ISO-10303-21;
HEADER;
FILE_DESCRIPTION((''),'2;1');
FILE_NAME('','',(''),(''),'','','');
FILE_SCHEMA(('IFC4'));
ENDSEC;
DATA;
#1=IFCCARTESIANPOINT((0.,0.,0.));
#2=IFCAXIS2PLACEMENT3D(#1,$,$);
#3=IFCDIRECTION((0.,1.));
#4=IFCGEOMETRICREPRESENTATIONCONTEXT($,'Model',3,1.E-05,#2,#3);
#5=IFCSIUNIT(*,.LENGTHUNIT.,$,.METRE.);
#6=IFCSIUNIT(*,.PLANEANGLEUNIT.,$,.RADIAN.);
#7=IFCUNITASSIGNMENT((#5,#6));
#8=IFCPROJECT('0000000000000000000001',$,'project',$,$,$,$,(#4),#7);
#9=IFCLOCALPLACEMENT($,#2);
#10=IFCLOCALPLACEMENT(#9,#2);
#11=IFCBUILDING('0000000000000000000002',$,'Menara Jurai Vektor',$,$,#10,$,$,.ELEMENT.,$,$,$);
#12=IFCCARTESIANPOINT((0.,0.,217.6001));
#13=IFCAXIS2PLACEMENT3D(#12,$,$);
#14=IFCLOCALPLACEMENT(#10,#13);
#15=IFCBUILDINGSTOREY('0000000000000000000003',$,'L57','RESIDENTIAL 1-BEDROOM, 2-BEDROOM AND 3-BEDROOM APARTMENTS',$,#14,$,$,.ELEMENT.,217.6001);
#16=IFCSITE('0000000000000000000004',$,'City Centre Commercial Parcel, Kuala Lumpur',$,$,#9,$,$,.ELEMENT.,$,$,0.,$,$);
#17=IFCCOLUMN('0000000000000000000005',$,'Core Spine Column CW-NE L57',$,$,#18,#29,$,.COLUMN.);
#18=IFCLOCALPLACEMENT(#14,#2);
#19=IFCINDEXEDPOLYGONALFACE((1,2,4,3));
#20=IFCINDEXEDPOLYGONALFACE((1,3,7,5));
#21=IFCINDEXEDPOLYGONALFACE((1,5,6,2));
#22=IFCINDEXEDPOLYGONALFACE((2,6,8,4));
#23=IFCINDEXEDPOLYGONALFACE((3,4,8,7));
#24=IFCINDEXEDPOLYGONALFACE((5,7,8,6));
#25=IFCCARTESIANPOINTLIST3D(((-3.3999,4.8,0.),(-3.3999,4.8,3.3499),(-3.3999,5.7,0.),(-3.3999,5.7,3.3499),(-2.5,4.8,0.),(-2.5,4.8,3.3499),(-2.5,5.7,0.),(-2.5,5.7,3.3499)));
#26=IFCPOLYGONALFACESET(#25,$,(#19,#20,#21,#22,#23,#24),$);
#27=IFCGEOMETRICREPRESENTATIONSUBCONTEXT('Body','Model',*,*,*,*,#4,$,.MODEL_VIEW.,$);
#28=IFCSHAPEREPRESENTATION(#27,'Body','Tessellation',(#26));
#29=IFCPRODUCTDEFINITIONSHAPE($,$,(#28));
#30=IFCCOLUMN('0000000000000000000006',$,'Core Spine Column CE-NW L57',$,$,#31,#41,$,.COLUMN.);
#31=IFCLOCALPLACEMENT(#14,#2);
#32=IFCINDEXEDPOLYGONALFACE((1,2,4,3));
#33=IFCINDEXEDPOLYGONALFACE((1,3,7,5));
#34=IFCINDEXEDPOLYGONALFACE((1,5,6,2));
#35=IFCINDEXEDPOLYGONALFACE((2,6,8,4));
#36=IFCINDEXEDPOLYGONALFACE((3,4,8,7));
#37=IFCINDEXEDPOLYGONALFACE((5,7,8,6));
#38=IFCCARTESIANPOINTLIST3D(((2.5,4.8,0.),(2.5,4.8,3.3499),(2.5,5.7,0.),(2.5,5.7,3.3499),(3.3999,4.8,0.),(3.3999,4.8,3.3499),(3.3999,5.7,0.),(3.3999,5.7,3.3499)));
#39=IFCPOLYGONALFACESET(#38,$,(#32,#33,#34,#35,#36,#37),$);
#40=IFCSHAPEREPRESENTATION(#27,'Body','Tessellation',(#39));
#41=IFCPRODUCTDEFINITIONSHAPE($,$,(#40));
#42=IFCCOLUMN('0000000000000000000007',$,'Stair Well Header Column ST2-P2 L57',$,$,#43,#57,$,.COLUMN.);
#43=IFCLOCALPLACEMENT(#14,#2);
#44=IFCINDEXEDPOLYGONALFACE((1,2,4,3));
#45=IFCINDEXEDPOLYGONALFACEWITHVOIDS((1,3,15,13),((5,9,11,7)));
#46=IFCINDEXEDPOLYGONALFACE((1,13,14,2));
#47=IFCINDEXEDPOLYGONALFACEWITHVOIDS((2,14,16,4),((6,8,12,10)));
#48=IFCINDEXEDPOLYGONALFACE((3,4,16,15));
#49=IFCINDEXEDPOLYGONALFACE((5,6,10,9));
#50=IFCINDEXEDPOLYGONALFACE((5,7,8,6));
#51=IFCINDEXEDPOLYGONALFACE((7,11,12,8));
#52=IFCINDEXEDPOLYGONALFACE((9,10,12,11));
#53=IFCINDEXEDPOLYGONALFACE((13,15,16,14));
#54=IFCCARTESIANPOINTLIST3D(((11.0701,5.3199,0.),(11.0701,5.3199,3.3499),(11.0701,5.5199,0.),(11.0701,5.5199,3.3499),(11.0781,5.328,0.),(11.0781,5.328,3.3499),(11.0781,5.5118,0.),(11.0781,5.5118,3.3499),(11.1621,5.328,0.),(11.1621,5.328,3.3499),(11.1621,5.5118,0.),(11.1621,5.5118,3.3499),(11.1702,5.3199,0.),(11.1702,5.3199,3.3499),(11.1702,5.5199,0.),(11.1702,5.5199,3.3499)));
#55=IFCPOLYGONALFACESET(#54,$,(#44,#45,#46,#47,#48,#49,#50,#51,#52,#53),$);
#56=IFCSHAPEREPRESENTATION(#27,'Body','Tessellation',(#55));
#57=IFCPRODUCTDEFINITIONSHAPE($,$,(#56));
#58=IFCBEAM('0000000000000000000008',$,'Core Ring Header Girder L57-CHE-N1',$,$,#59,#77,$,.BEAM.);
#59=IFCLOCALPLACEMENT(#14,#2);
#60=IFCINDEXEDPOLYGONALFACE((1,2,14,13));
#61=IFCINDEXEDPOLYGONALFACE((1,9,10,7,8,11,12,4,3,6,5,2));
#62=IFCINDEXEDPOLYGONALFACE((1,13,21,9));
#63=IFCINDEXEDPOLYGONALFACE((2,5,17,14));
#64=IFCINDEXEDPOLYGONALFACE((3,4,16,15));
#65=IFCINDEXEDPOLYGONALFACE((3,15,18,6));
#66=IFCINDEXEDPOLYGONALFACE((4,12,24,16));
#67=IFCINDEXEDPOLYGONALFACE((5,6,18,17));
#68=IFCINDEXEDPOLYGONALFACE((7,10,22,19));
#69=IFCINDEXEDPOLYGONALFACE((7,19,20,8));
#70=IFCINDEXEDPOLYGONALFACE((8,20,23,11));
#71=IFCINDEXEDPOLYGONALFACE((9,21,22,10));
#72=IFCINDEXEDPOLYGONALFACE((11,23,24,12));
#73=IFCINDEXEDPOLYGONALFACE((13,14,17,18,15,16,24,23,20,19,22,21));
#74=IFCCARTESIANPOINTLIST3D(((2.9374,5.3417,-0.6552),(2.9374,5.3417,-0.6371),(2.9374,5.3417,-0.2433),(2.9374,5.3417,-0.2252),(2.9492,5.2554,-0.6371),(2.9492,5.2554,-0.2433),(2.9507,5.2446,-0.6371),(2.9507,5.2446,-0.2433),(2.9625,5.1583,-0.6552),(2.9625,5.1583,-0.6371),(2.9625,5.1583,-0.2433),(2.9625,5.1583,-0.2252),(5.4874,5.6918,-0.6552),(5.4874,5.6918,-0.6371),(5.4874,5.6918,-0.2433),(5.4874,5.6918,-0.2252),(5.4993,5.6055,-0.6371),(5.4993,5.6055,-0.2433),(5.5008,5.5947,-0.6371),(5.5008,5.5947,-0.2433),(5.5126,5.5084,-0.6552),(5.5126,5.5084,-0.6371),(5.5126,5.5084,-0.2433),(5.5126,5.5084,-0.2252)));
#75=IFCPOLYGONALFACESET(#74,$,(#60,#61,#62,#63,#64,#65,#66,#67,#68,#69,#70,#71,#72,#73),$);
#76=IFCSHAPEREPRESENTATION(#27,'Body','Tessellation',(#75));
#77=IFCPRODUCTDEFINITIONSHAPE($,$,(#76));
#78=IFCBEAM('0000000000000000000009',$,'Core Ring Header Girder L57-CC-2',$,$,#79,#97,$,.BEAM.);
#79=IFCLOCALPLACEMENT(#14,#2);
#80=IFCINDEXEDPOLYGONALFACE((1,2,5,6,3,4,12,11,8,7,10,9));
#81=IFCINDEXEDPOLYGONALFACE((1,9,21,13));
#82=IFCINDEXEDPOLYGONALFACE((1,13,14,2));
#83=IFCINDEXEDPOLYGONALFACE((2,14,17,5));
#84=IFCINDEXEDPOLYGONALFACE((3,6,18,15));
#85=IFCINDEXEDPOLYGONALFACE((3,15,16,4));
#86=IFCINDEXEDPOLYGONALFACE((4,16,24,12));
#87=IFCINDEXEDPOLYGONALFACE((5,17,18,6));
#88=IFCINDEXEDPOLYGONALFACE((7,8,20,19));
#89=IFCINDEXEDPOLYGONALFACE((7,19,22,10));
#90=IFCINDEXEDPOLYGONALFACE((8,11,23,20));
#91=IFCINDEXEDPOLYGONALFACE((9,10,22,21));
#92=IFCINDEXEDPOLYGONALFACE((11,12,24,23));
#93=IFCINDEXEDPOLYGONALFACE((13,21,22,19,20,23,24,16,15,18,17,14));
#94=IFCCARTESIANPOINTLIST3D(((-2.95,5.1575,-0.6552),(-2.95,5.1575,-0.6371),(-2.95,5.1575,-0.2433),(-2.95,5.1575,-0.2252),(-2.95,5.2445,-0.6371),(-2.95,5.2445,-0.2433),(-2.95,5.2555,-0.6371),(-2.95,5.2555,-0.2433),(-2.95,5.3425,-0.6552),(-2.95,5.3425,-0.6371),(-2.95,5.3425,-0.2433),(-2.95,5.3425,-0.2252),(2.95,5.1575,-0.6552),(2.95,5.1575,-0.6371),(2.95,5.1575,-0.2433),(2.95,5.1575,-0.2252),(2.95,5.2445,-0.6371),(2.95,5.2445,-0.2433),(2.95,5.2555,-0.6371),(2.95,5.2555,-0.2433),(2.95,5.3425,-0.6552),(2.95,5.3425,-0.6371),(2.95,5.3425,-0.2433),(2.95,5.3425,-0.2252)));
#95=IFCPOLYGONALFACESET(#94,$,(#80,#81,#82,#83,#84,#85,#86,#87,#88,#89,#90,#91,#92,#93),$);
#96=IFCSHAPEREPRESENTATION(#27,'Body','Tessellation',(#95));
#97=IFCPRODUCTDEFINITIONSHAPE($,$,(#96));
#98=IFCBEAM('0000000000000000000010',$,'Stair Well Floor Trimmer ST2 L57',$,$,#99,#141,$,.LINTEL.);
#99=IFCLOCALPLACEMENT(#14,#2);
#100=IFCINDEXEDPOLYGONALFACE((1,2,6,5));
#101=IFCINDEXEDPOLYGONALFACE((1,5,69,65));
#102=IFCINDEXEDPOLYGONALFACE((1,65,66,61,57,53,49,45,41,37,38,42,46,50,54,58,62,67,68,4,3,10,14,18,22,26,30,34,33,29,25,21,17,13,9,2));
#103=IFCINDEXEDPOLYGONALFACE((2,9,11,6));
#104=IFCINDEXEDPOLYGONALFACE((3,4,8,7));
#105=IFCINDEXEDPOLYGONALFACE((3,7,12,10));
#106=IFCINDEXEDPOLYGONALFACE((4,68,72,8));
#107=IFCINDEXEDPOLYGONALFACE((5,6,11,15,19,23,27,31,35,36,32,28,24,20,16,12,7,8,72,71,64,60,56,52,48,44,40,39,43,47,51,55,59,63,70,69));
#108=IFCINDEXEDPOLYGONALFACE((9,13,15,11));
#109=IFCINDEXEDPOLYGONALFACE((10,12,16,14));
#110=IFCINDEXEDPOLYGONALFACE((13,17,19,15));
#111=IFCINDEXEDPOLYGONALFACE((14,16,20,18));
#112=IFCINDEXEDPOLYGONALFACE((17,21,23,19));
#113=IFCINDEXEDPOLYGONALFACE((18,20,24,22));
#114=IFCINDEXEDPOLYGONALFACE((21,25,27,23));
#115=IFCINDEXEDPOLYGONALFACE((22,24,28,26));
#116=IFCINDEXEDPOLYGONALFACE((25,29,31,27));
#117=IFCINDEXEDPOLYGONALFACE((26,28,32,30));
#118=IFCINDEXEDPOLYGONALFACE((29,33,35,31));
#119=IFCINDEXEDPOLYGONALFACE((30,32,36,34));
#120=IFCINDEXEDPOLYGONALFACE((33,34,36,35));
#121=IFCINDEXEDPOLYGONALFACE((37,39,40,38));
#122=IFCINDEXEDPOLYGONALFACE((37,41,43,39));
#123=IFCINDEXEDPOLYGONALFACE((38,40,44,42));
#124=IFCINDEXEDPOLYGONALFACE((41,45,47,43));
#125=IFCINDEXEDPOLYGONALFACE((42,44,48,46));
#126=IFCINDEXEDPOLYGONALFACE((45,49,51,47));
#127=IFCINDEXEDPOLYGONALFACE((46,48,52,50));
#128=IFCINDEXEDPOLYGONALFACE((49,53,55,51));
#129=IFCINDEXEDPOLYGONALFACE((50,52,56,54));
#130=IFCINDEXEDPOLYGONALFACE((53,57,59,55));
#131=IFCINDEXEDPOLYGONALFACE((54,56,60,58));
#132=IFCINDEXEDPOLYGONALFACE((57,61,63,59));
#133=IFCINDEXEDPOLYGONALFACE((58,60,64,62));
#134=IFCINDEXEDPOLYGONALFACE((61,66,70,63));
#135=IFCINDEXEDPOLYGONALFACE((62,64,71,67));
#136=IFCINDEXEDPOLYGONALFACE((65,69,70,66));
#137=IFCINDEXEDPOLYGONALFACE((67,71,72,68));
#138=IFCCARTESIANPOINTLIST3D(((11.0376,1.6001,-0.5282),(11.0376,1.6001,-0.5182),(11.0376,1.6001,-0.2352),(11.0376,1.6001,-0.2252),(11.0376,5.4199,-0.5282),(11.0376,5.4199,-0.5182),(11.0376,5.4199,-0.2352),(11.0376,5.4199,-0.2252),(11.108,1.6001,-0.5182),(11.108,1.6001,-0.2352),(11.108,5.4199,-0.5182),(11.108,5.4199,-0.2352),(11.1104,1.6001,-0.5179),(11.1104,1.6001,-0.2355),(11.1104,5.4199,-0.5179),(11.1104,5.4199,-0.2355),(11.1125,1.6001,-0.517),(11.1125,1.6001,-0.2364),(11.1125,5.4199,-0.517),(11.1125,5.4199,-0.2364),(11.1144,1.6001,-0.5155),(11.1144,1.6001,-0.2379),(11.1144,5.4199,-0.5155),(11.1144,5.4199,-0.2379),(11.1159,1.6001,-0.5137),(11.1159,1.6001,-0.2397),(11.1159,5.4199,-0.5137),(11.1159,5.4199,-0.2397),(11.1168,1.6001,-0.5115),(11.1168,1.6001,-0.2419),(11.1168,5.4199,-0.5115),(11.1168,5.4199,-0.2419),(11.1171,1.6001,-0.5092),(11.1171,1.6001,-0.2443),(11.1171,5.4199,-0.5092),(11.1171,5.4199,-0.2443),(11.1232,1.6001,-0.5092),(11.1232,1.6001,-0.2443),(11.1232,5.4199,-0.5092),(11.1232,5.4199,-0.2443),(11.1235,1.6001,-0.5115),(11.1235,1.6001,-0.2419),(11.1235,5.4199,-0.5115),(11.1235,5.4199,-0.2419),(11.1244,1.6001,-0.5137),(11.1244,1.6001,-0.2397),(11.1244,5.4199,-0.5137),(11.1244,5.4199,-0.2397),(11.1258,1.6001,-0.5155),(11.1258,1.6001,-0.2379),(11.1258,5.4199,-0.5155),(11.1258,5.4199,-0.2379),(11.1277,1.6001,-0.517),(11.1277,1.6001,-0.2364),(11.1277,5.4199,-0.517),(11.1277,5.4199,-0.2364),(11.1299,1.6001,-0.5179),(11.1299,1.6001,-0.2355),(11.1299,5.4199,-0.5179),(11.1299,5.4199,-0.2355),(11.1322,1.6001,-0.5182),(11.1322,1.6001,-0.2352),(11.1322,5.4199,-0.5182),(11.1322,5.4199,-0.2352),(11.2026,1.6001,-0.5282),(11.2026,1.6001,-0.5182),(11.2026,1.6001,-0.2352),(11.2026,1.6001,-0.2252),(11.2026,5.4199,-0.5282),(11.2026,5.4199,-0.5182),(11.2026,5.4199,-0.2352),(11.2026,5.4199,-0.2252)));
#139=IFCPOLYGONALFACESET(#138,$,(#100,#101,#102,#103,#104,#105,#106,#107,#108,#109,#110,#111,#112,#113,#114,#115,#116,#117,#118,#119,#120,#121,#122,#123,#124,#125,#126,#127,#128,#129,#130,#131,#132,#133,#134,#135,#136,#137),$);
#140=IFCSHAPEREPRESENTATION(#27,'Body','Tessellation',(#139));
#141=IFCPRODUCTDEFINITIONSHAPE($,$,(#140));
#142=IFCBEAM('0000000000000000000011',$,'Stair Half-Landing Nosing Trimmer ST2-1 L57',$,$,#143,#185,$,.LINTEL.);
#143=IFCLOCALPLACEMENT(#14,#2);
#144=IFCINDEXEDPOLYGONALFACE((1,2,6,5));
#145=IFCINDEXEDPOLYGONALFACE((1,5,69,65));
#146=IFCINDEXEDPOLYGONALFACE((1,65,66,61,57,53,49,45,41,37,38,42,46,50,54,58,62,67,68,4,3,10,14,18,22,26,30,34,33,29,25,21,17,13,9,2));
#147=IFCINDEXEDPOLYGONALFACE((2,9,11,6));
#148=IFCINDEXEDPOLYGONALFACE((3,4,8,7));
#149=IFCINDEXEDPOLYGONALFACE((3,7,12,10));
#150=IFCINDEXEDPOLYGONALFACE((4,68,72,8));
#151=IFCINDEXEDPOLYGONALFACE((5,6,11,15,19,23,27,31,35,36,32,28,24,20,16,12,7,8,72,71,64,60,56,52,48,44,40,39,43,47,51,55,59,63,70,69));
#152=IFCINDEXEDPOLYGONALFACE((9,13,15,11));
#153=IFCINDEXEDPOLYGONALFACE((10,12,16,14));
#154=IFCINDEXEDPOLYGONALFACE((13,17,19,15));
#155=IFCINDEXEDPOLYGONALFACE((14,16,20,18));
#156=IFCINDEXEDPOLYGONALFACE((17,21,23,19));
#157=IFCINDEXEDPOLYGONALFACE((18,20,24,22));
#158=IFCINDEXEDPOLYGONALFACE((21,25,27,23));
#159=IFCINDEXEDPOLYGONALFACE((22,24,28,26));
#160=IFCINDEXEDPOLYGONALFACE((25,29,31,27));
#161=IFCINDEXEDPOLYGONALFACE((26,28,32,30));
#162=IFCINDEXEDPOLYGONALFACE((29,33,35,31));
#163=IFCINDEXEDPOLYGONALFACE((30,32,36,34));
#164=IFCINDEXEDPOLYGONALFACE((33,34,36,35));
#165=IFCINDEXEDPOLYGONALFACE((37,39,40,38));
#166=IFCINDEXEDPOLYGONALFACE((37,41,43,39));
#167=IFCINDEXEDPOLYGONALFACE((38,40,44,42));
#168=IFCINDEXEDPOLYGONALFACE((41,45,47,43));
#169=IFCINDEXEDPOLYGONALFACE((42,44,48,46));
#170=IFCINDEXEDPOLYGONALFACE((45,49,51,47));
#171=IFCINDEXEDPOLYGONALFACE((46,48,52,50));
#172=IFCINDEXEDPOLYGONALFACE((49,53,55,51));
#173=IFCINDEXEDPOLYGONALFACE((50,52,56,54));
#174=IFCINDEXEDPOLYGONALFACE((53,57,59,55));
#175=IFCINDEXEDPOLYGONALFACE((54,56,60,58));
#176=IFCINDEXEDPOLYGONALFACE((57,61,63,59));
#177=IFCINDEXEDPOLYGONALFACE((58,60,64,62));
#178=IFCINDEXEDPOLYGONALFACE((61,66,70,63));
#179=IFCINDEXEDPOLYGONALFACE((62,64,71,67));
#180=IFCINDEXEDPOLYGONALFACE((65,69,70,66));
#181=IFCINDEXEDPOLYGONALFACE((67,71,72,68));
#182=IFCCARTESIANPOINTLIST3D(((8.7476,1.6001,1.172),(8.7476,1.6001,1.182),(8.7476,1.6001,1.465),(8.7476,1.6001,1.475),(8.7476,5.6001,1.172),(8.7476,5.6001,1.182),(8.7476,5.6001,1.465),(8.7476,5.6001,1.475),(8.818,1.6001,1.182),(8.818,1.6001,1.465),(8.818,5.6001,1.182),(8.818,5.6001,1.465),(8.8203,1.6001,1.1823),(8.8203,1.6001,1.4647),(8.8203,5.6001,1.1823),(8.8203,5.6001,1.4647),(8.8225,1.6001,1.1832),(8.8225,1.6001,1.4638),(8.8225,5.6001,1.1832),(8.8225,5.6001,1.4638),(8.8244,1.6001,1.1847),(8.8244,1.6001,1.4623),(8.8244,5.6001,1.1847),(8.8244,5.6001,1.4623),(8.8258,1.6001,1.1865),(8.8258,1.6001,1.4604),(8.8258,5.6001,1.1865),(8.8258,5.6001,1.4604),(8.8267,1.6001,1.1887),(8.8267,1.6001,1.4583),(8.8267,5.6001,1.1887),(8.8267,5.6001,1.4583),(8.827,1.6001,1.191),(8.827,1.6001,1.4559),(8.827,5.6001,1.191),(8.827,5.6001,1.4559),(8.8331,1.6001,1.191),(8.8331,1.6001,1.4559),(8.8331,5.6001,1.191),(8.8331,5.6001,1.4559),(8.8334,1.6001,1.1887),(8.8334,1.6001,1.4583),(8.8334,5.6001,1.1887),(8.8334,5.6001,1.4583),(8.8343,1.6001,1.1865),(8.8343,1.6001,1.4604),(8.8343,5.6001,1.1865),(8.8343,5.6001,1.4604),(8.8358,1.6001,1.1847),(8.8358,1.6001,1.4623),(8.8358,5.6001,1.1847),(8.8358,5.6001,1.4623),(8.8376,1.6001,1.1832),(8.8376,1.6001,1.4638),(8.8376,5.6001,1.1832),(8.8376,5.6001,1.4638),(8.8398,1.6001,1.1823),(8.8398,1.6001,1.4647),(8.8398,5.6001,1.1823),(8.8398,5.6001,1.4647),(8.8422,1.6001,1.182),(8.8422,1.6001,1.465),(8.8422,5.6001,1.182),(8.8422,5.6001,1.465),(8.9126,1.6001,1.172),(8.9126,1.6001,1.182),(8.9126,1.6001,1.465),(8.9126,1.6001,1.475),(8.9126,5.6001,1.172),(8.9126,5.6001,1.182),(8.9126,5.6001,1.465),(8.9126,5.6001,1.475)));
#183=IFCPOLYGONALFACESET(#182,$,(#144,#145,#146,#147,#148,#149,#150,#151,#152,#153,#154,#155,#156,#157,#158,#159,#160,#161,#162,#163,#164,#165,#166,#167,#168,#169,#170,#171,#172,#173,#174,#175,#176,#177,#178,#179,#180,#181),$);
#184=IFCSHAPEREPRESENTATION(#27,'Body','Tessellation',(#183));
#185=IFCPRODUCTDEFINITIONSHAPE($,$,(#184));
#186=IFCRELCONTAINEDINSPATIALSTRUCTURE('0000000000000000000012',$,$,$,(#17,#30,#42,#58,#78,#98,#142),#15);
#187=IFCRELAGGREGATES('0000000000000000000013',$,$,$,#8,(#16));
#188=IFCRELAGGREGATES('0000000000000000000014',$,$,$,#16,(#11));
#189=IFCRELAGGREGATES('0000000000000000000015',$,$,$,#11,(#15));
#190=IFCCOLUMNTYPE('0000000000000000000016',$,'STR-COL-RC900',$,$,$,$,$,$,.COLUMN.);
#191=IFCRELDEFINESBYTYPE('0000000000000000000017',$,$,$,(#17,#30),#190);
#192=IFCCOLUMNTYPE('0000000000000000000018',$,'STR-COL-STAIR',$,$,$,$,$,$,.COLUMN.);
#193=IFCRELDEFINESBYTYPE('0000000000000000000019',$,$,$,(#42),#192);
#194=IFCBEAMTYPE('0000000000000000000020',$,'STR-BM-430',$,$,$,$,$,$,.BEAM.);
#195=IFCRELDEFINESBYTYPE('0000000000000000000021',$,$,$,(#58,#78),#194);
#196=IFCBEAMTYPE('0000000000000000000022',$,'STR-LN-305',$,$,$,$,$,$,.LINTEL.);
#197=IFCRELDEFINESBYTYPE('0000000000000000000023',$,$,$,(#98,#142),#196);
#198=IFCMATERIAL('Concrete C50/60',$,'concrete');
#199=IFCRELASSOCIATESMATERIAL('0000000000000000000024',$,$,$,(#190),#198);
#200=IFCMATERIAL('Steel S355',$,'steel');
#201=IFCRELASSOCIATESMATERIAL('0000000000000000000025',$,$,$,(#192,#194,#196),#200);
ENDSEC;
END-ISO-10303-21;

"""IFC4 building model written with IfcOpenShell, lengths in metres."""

from ifc_helpers import new_model, si_unit, direction, frame, origin, origin_2d, place, context, subcontext, project, spatial, rectangle, hollow_rectangle, i_section, extrude, material, material_profile, profile_set, type_object, element, save


model = new_model("IFC4")

# Units and contexts
model_context = context("Model", 3, precision=1e-05, world=origin(), true_north=direction((0.0, 1.0)))
body_context = subcontext(model_context, "Body", "Model", "MODEL_VIEW")
ifc_project = project(units=[si_unit("LENGTHUNIT", "METRE"), si_unit("PLANEANGLEUNIT", "RADIAN")], contexts=[model_context])

# Site, building, storey
site_placement = place(None, origin())
site = spatial("IfcSite", under=ifc_project, at=site_placement, Name="City Centre Commercial Parcel, Kuala Lumpur", CompositionType="ELEMENT", RefElevation=0.0)
building_placement = place(site_placement, origin())
building = spatial("IfcBuilding", under=site, at=building_placement, Name="Menara Jurai Vektor", CompositionType="ELEMENT")
storey_placement = place(building_placement, frame((0.0, 0.0, 217.6001)))
storey = spatial("IfcBuildingStorey", under=building, at=storey_placement, Name="L57", Description="RESIDENTIAL 1-BEDROOM, 2-BEDROOM AND 3-BEDROOM APARTMENTS", CompositionType="ELEMENT", Elevation=217.6001)

# Columns
ifc_material_1 = material(Name="Concrete C50/60", Category="concrete")
ifc_material_profile_1 = material_profile(ifc_material_1, rectangle(XDim=0.8999, YDim=0.8999, at=origin_2d()), Name="RC 900x900")
ifc_profile_set_1 = profile_set([ifc_material_profile_1], Name="Concrete C50/60")
column_type_1 = type_object("IfcColumnType", Name="STR-COL-RC900", PredefinedType="COLUMN", material=ifc_profile_set_1)
for number, where, z_axis, x_axis, name in (
    (1, (-2.95, 5.25, 0.0), (0.0, 0.0, 1.0), (1.0, 0.0, 0.0), "Core Spine Column CW-NE L57"),
    (2, (2.95, 5.25, 0.0), (0.0, 0.0, 1.0), (1.0, 0.0, 0.0), "Core Spine Column CE-NW L57"),
):
    element("IfcColumn", number, at=place(storey_placement, frame(where, z_axis=z_axis, x_axis=x_axis)), inside=storey, type_object=column_type_1, Name=name, PredefinedType="COLUMN", context=body_context, shape_type="SweptSolid", body=[
        extrude(rectangle(XDim=0.8999, YDim=0.8999, at=origin_2d()), origin(), (0.0, 0.0, 1.0), 3.3499),
    ])
ifc_material_2 = material(Name="Steel S355", Category="steel")
ifc_material_profile_2 = material_profile(ifc_material_2, hollow_rectangle(XDim=0.1001, YDim=0.2, WallThickness=0.0081, at=origin_2d()), Name="RHS 200x100x8")
ifc_profile_set_2 = profile_set([ifc_material_profile_2], Name="Steel S355")
column_type_2 = type_object("IfcColumnType", Name="STR-COL-STAIR", PredefinedType="COLUMN", material=ifc_profile_set_2)
column_placement = place(storey_placement, frame((11.1201, 5.4199, 0.0), z_axis=(0.0, 0.0, 1.0), x_axis=(1.0, 0.0, 0.0)))
element("IfcColumn", 3, at=column_placement, inside=storey, type_object=column_type_2, Name="Stair Well Header Column ST2-P2 L57", PredefinedType="COLUMN", context=body_context, shape_type="SweptSolid", body=[
    extrude(hollow_rectangle(XDim=0.1001, YDim=0.2, WallThickness=0.0081, at=origin_2d()), origin(), (0.0, 0.0, 1.0), 3.3499),
])

# Beams
ifc_material_profile_3 = material_profile(ifc_material_2, i_section(OverallWidth=0.1851, OverallDepth=0.4299, WebThickness=0.011, FlangeThickness=0.0181, at=origin_2d()), Name="PG 430x185x76")
ifc_profile_set_3 = profile_set([ifc_material_profile_3], Name="Steel S355")
beam_type_1 = type_object("IfcBeamType", Name="STR-BM-430", PredefinedType="BEAM", material=ifc_profile_set_3)
beam_1_placement = place(storey_placement, frame((2.95, 5.25, -0.4402), z_axis=(0.990707, 0.136015, 0.0), x_axis=(-0.136015, 0.990707, 0.0)))
element("IfcBeam", 4, at=beam_1_placement, inside=storey, type_object=beam_type_1, Name="Core Ring Header Girder L57-CHE-N1", PredefinedType="BEAM", context=body_context, shape_type="SweptSolid", body=[
    extrude(i_section(OverallWidth=0.1851, OverallDepth=0.4299, WebThickness=0.011, FlangeThickness=0.0181, at=origin_2d()), origin(), (0.0, 0.0, 1.0), 2.574),
])
beam_2_placement = place(storey_placement, frame((-2.95, 5.25, -0.4402), z_axis=(1.0, 0.0, 0.0), x_axis=(0.0, 1.0, 0.0)))
element("IfcBeam", 5, at=beam_2_placement, inside=storey, type_object=beam_type_1, Name="Core Ring Header Girder L57-CC-2", PredefinedType="BEAM", context=body_context, shape_type="SweptSolid", body=[
    extrude(i_section(OverallWidth=0.1851, OverallDepth=0.4299, WebThickness=0.011, FlangeThickness=0.0181, at=origin_2d()), origin(), (0.0, 0.0, 1.0), 5.8999),
])
ifc_material_profile_4 = material_profile(ifc_material_2, i_section(OverallWidth=0.165, OverallDepth=0.303, WebThickness=0.0061, FlangeThickness=0.01, FilletRadius=0.009, at=origin_2d()), Name="UKB 305x165x40")
ifc_profile_set_4 = profile_set([ifc_material_profile_4], Name="Steel S355")
beam_type_2 = type_object("IfcBeamType", Name="STR-LN-305", PredefinedType="LINTEL", material=ifc_profile_set_4)
beam_3_placement = place(storey_placement, frame((11.1201, 1.6001, -0.3767), z_axis=(0.0, 1.0, 0.0), x_axis=(-1.0, 0.0, 0.0)))
element("IfcBeam", 6, at=beam_3_placement, inside=storey, type_object=beam_type_2, Name="Stair Well Floor Trimmer ST2 L57", PredefinedType="LINTEL", context=body_context, shape_type="SweptSolid", body=[
    extrude(i_section(OverallWidth=0.165, OverallDepth=0.303, WebThickness=0.0061, FlangeThickness=0.01, FilletRadius=0.009, at=origin_2d()), origin(), (0.0, 0.0, 1.0), 3.8198),
])
beam_4_placement = place(storey_placement, frame((8.8301, 1.6001, 1.3235), z_axis=(0.0, 1.0, 0.0), x_axis=(-1.0, 0.0, 0.0)))
element("IfcBeam", 7, at=beam_4_placement, inside=storey, type_object=beam_type_2, Name="Stair Half-Landing Nosing Trimmer ST2-1 L57", PredefinedType="LINTEL", context=body_context, shape_type="SweptSolid", body=[
    extrude(i_section(OverallWidth=0.165, OverallDepth=0.303, WebThickness=0.0061, FlangeThickness=0.01, FilletRadius=0.009, at=origin_2d()), origin(), (0.0, 0.0, 1.0), 4.0),
])

save(model, "model.ifc")
